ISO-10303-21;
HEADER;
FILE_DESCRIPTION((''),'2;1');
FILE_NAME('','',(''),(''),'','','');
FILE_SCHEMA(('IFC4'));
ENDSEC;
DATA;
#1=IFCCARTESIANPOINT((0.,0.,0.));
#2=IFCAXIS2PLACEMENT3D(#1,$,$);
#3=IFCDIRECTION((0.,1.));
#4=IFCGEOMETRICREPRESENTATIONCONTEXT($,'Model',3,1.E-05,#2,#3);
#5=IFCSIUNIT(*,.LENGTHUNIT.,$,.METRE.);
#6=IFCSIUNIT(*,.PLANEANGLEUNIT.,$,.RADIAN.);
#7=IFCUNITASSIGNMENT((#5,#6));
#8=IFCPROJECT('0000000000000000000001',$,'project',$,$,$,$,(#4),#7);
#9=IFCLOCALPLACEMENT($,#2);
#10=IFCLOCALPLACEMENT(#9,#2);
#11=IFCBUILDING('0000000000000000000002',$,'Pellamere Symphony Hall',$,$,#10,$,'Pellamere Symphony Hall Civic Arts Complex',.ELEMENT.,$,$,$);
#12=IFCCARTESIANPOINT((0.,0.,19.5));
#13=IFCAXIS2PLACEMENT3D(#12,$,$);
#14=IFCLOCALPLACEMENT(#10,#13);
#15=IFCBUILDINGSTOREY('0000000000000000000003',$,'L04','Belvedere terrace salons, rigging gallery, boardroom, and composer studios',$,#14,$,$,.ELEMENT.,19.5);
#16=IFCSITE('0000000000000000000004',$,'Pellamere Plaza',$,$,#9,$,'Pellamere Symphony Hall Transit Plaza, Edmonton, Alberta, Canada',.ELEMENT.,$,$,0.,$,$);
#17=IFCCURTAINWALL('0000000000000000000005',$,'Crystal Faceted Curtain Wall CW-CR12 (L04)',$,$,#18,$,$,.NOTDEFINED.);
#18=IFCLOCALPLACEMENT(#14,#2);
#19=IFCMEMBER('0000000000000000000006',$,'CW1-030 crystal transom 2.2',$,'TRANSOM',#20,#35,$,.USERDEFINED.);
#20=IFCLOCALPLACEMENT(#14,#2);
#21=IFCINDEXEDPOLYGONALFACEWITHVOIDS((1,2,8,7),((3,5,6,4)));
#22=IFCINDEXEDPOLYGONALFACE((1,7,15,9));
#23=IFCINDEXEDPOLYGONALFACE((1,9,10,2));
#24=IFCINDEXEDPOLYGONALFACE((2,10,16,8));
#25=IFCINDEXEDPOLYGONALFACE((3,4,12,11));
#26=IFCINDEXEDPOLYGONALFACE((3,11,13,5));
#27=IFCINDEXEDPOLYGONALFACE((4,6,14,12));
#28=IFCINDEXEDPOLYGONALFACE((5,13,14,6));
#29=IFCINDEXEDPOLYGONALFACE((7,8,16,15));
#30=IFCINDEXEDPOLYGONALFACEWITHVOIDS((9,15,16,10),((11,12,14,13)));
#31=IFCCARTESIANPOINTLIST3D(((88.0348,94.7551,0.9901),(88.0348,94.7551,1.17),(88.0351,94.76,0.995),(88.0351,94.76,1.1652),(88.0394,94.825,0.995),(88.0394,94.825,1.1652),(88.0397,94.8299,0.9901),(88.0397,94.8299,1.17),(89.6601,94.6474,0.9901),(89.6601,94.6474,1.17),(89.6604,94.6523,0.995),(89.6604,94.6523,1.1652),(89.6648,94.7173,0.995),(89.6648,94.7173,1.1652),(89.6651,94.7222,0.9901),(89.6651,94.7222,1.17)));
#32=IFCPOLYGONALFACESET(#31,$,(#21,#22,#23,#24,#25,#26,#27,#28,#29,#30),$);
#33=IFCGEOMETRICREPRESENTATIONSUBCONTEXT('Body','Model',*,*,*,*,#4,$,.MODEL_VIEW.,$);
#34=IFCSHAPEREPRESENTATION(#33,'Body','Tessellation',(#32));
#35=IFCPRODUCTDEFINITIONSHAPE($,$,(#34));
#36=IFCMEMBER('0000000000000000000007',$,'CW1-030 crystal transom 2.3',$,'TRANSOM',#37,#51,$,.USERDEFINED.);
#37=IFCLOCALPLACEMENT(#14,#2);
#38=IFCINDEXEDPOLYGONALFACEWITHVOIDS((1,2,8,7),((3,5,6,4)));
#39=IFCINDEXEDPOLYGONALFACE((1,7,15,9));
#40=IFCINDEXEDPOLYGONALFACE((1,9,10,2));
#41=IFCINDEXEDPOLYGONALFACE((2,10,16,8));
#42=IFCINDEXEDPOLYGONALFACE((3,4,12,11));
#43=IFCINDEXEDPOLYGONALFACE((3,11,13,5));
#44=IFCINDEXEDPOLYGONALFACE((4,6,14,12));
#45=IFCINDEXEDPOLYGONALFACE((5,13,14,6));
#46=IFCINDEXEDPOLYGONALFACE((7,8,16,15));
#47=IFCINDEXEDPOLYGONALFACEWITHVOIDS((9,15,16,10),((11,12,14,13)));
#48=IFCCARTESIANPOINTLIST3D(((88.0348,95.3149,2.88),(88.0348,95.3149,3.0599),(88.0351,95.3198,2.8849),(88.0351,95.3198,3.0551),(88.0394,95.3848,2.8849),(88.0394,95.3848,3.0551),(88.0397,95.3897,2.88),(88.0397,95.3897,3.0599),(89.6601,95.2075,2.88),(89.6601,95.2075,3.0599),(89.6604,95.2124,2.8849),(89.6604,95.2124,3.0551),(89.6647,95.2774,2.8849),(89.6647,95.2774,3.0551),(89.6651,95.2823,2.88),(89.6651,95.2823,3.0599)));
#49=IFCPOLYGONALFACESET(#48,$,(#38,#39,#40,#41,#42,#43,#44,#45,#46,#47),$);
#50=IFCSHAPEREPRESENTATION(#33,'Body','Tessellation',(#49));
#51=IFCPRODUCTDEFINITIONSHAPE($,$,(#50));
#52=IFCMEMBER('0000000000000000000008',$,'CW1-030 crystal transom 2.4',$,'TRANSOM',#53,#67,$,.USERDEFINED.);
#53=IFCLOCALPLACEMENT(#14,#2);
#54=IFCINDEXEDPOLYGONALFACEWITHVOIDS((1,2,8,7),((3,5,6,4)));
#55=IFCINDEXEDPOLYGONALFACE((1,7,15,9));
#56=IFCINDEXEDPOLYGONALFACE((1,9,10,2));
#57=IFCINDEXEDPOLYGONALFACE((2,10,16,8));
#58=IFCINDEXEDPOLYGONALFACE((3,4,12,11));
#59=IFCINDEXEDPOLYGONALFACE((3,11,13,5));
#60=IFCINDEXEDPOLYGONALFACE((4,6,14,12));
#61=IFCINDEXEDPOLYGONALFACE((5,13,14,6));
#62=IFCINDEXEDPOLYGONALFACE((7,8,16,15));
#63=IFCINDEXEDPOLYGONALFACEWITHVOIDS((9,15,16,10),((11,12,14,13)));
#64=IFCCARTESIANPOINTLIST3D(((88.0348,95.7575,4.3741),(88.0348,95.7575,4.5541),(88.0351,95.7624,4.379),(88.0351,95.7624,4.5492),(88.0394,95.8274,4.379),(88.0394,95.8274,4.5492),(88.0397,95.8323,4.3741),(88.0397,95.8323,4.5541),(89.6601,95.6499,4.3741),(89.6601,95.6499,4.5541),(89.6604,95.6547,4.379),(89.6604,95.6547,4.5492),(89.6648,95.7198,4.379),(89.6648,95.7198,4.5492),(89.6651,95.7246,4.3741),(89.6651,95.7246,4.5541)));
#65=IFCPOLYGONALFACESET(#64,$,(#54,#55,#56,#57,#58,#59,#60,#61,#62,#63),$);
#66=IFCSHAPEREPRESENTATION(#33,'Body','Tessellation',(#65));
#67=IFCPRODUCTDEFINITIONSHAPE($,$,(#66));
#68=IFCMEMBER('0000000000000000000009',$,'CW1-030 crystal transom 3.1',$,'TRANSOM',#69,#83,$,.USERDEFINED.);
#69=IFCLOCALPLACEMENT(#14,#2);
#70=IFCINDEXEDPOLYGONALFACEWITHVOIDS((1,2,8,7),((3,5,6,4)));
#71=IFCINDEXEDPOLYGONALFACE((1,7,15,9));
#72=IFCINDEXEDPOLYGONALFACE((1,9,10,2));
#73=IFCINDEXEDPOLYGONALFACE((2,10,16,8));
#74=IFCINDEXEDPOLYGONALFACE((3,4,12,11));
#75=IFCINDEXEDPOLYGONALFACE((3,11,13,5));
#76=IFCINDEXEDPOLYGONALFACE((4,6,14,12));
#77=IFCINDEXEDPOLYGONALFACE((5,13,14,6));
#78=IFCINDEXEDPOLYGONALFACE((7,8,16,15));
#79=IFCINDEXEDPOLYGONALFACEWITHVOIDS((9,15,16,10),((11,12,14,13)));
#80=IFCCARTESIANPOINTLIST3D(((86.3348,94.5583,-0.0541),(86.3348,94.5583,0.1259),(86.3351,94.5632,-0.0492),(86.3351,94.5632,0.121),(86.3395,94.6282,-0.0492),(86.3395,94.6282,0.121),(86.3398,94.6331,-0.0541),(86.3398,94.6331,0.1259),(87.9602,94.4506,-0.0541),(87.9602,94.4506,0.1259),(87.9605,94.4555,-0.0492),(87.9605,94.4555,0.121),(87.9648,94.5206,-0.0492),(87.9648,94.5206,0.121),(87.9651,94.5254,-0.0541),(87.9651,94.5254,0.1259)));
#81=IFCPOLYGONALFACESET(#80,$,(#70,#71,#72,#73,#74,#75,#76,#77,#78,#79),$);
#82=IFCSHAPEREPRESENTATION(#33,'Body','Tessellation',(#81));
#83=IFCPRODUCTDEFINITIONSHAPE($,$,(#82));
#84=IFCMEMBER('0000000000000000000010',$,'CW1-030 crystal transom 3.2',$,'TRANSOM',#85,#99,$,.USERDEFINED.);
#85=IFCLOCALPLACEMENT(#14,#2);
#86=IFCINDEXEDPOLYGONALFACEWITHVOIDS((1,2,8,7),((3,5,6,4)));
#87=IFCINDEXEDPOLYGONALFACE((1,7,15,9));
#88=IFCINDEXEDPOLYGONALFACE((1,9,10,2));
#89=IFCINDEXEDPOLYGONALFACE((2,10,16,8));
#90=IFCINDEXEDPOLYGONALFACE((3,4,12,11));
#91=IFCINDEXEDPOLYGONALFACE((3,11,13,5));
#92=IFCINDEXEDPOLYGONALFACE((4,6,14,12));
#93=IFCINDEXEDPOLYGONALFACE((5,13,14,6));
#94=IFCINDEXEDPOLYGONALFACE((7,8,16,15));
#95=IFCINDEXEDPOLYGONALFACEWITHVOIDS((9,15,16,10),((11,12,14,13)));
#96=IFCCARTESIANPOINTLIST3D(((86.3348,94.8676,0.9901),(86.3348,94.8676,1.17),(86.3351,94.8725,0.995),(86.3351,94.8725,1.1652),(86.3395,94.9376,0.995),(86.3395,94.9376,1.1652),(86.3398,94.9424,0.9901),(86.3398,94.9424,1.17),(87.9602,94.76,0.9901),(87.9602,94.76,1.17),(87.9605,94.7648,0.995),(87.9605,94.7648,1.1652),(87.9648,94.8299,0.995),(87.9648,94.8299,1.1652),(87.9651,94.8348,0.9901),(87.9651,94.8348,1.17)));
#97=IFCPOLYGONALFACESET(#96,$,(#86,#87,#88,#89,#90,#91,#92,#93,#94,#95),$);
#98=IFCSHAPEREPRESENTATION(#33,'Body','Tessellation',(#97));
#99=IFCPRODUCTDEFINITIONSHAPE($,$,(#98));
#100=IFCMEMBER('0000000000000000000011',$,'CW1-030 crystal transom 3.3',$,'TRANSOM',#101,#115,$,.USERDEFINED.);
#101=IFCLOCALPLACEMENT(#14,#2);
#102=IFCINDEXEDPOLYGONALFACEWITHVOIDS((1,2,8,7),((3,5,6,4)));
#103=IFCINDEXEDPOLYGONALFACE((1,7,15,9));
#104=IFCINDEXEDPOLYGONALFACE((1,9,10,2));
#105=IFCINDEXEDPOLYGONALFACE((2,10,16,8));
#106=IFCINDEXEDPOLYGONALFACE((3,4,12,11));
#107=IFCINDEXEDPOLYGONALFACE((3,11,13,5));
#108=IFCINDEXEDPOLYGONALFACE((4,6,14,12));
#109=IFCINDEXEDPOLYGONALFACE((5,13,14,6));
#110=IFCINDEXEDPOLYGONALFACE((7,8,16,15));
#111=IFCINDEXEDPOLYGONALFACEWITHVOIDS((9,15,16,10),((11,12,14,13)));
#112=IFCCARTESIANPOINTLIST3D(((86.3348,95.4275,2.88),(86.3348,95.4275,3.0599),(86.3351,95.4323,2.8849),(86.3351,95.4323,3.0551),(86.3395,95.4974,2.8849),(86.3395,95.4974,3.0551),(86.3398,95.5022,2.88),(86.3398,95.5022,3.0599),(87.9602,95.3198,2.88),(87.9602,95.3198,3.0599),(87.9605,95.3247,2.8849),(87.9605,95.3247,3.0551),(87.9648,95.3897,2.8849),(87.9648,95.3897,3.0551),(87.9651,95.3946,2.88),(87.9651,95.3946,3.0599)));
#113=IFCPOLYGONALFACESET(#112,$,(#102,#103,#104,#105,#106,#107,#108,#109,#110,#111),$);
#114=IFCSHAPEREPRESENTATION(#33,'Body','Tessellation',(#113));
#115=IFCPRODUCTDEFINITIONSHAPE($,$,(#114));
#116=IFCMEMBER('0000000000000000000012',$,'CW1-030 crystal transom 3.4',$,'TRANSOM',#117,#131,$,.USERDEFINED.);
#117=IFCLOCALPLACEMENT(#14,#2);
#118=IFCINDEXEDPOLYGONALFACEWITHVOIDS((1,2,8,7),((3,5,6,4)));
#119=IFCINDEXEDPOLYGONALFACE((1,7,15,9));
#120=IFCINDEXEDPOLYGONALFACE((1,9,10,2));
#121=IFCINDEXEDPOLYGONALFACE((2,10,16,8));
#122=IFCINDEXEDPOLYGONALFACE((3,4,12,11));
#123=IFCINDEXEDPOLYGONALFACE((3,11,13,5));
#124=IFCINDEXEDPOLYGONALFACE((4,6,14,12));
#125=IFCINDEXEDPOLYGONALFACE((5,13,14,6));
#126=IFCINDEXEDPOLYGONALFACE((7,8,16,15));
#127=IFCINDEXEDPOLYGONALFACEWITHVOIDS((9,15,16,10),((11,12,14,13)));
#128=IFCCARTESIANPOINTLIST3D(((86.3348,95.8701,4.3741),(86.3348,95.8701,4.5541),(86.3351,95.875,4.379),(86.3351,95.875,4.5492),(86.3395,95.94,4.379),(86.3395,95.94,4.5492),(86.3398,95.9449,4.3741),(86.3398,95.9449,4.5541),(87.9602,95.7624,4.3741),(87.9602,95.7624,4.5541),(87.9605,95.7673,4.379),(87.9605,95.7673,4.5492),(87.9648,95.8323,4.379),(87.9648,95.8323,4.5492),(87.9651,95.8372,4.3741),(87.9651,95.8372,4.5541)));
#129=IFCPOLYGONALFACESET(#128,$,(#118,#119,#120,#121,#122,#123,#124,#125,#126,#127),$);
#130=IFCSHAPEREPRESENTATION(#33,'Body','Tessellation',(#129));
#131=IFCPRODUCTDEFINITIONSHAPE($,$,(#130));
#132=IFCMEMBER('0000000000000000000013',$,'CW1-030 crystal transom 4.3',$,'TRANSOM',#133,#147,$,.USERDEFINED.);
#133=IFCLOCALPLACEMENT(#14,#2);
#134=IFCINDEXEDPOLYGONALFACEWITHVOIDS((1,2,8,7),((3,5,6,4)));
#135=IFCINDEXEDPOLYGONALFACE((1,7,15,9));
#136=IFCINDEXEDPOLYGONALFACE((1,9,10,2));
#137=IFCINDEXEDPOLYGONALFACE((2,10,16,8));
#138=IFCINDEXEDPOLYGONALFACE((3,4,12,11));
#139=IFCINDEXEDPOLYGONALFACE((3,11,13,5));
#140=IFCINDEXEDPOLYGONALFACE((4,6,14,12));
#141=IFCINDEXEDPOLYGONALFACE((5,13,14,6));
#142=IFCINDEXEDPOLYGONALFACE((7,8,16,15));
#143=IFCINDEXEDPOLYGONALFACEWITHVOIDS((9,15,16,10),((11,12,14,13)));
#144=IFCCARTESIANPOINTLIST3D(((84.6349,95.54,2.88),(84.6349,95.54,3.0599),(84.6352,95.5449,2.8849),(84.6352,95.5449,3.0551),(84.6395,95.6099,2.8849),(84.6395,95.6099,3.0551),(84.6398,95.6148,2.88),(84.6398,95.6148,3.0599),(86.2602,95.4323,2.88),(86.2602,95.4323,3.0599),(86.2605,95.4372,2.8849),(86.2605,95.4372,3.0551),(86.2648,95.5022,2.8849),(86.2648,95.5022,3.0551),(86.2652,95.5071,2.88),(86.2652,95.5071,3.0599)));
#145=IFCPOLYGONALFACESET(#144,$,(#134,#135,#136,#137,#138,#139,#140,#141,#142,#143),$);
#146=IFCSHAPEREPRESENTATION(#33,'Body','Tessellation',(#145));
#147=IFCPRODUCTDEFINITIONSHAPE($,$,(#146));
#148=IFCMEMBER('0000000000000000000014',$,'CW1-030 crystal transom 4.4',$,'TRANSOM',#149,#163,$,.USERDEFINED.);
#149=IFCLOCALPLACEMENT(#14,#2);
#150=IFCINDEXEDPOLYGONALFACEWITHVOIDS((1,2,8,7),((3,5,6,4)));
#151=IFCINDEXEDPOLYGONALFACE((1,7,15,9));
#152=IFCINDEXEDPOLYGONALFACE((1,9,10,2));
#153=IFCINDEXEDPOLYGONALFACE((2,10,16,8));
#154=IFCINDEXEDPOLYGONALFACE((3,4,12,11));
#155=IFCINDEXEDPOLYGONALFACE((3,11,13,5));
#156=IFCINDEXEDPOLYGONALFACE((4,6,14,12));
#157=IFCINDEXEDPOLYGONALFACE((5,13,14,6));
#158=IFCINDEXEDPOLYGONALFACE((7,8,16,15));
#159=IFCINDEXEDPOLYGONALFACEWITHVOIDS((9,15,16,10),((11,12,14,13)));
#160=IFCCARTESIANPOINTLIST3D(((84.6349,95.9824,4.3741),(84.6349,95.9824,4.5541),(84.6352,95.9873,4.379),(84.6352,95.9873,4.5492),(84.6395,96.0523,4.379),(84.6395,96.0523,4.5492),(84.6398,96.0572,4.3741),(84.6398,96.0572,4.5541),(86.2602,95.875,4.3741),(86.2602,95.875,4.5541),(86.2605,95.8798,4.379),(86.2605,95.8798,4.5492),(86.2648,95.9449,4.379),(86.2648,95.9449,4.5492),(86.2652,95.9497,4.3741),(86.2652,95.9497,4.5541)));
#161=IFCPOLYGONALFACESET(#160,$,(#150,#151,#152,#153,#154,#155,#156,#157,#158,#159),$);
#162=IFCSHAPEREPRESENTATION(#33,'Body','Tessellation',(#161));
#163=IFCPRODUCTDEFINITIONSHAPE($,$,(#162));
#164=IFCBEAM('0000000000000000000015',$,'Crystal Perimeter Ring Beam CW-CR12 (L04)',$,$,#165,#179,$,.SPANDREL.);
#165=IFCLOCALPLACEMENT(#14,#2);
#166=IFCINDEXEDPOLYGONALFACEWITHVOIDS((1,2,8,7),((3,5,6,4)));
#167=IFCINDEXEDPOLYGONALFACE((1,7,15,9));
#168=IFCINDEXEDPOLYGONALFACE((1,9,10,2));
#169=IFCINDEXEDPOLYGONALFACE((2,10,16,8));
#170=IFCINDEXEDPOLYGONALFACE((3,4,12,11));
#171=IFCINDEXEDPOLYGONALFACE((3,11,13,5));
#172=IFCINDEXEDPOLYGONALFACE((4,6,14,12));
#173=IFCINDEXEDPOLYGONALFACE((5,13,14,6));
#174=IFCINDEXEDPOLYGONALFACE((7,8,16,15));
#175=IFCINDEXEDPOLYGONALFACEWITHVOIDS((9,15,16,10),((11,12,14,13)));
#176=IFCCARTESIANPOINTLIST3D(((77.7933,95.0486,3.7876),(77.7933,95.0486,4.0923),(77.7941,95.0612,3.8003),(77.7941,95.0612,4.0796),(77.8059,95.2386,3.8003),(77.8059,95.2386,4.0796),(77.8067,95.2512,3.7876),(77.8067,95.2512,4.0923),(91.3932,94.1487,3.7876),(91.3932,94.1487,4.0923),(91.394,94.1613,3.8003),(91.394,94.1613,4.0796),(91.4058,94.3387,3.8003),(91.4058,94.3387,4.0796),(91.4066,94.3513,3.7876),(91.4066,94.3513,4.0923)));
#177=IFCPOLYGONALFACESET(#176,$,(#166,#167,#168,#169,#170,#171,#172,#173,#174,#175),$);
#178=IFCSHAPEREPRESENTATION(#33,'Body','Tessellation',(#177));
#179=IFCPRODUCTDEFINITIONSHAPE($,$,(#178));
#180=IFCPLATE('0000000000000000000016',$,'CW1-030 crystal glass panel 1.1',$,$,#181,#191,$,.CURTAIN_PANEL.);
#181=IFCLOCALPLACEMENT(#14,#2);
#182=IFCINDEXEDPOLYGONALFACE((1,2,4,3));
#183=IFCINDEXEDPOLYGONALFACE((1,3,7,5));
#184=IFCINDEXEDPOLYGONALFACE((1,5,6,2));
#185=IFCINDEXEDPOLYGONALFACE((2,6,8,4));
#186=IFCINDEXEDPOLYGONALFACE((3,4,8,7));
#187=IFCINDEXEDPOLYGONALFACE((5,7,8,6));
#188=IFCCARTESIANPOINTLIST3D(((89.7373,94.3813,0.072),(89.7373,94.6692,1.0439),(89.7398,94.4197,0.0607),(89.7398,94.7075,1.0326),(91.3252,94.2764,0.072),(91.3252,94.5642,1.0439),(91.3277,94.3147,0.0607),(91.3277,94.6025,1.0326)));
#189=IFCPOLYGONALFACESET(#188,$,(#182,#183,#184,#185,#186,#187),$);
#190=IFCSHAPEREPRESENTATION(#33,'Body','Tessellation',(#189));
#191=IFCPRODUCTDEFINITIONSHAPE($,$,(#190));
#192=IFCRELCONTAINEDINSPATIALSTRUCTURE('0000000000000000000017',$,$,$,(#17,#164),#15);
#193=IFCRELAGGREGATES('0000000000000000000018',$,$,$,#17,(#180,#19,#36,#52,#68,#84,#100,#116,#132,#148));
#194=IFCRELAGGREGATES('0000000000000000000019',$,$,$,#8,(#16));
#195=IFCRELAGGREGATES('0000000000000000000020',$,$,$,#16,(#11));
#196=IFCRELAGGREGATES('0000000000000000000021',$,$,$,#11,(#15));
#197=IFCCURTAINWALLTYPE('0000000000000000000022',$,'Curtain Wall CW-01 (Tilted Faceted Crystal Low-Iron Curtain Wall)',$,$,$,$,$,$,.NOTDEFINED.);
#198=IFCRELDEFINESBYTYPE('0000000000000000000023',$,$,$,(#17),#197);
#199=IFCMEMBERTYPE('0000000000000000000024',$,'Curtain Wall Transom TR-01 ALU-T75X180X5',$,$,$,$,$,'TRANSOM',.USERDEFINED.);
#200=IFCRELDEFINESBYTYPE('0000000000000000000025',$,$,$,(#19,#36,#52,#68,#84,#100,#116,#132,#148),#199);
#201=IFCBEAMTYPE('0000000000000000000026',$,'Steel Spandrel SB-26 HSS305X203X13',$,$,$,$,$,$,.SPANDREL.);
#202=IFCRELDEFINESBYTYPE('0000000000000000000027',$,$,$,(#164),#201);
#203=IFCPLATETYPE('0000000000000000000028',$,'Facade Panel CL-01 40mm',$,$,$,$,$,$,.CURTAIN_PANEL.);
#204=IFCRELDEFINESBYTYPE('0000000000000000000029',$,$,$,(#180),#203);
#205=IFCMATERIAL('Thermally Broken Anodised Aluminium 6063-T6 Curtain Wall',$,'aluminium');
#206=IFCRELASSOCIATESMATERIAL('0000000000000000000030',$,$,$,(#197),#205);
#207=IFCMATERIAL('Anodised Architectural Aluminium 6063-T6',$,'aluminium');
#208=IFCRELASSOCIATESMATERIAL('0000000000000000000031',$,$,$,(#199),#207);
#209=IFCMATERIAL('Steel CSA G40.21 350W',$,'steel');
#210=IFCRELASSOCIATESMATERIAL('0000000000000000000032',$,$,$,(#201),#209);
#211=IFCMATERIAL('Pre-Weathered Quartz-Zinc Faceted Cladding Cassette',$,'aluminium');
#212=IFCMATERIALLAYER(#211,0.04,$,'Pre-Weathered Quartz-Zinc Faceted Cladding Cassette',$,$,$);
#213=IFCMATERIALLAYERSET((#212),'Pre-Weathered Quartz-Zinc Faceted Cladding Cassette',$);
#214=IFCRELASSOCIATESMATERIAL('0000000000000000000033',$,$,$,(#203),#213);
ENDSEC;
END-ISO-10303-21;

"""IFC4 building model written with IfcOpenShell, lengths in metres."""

from ifc_helpers import new_model, si_unit, direction, frame, origin, origin_2d, place, context, subcontext, project, spatial, polyline, hollow_rectangle, outline, extrude, material, layer, layer_set, material_profile, profile_set, type_object, element, aggregate, save


model = new_model("IFC4")

# Units and contexts
model_context = context("Model", 3, precision=1e-05, world=origin(), true_north=direction((0.0, 1.0)))
body_context = subcontext(model_context, "Body", "Model", "MODEL_VIEW")
ifc_project = project(units=[si_unit("LENGTHUNIT", "METRE"), si_unit("PLANEANGLEUNIT", "RADIAN")], contexts=[model_context])

# Site, building, storey
site_placement = place(None, origin())
site = spatial("IfcSite", under=ifc_project, at=site_placement, Name="Pellamere Plaza", LongName="Pellamere Symphony Hall Transit Plaza, Edmonton, Alberta, Canada", CompositionType="ELEMENT", RefElevation=0.0)
building_placement = place(site_placement, origin())
building = spatial("IfcBuilding", under=site, at=building_placement, Name="Pellamere Symphony Hall", LongName="Pellamere Symphony Hall Civic Arts Complex", CompositionType="ELEMENT")
storey_placement = place(building_placement, frame((0.0, 0.0, 19.5)))
storey = spatial("IfcBuildingStorey", under=building, at=storey_placement, Name="L04", Description="Belvedere terrace salons, rigging gallery, boardroom, and composer studios", CompositionType="ELEMENT", Elevation=19.5)

# Shared definitions
ifc_material_1 = material(Name="Thermally Broken Anodised Aluminium 6063-T6 Curtain Wall", Category="aluminium")
curtain_wall_type = type_object("IfcCurtainWallType", Name="Curtain Wall CW-01 (Tilted Faceted Crystal Low-Iron Curtain Wall)", PredefinedType="NOTDEFINED", material=ifc_material_1)
ifc_material_2 = material(Name="Anodised Architectural Aluminium 6063-T6", Category="aluminium")

# Curtain wall, members
curtain_wall_1_placement = place(storey_placement, origin())
curtain_wall_1 = element("IfcCurtainWall", 1, at=curtain_wall_1_placement, inside=storey, type_object=curtain_wall_type, Name="Crystal Faceted Curtain Wall CW-CR12 (L04)", PredefinedType="NOTDEFINED")
ifc_material_profile_1 = material_profile(ifc_material_2, hollow_rectangle(XDim=0.075, YDim=0.1799, WallThickness=0.0049, at=origin_2d()), Name="ALU-T75X180X5")
ifc_profile_set_1 = profile_set([ifc_material_profile_1], Name="Anodised Architectural Aluminium 6063-T6")
member_type_1 = type_object("IfcMemberType", Name="Curtain Wall Transom TR-01 ALU-T75X180X5", ElementType="TRANSOM", PredefinedType="USERDEFINED", material=ifc_profile_set_1)
member_1_placement = place(storey_placement, frame((89.6626, 94.6848, 1.0801), z_axis=(-0.997813, 0.066101, 0.0), x_axis=(-0.066101, -0.997813, 0.0)))
member_1 = element("IfcMember", 2, at=member_1_placement, type_object=member_type_1, Name="CW1-030 crystal transom 2.2", ObjectType="TRANSOM", PredefinedType="USERDEFINED", context=body_context, shape_type="SweptSolid", body=[
    extrude(hollow_rectangle(XDim=0.075, YDim=0.1799, WallThickness=0.0049, at=origin_2d()), origin(), (0.0, 0.0, 1.0), 1.6289),
])
member_2_placement = place(storey_placement, frame((89.6626, 95.2449, 2.97), z_axis=(-0.997823, 0.065952, 0.0), x_axis=(-0.065952, -0.997823, 0.0)))
member_2 = element("IfcMember", 3, at=member_2_placement, type_object=member_type_1, Name="CW1-030 crystal transom 2.3", ObjectType="TRANSOM", PredefinedType="USERDEFINED", context=body_context, shape_type="SweptSolid", body=[
    extrude(hollow_rectangle(XDim=0.075, YDim=0.1799, WallThickness=0.0049, at=origin_2d()), origin(), (0.0, 0.0, 1.0), 1.6289),
])
member_3_placement = place(storey_placement, frame((89.6626, 95.6873, 4.4641), z_axis=(-0.997813, 0.066101, 0.0), x_axis=(-0.066101, -0.997813, 0.0)))
member_3 = element("IfcMember", 4, at=member_3_placement, type_object=member_type_1, Name="CW1-030 crystal transom 2.4", ObjectType="TRANSOM", PredefinedType="USERDEFINED", context=body_context, shape_type="SweptSolid", body=[
    extrude(hollow_rectangle(XDim=0.075, YDim=0.1799, WallThickness=0.0049, at=origin_2d()), origin(), (0.0, 0.0, 1.0), 1.6289),
])
member_4_placement = place(storey_placement, frame((87.9626, 94.488, 0.0359), z_axis=(-0.997813, 0.066101, 0.0), x_axis=(-0.066101, -0.997813, 0.0)))
member_4 = element("IfcMember", 5, at=member_4_placement, type_object=member_type_1, Name="CW1-030 crystal transom 3.1", ObjectType="TRANSOM", PredefinedType="USERDEFINED", context=body_context, shape_type="SweptSolid", body=[
    extrude(hollow_rectangle(XDim=0.075, YDim=0.1799, WallThickness=0.0049, at=origin_2d()), origin(), (0.0, 0.0, 1.0), 1.6289),
])
member_5_placement = place(storey_placement, frame((87.9626, 94.7974, 1.0801), z_axis=(-0.997813, 0.066101, 0.0), x_axis=(-0.066101, -0.997813, 0.0)))
member_5 = element("IfcMember", 6, at=member_5_placement, type_object=member_type_1, Name="CW1-030 crystal transom 3.2", ObjectType="TRANSOM", PredefinedType="USERDEFINED", context=body_context, shape_type="SweptSolid", body=[
    extrude(hollow_rectangle(XDim=0.075, YDim=0.1799, WallThickness=0.0049, at=origin_2d()), origin(), (0.0, 0.0, 1.0), 1.6289),
])
member_6_placement = place(storey_placement, frame((87.9626, 95.3572, 2.97), z_axis=(-0.997813, 0.066101, 0.0), x_axis=(-0.066101, -0.997813, 0.0)))
member_6 = element("IfcMember", 7, at=member_6_placement, type_object=member_type_1, Name="CW1-030 crystal transom 3.3", ObjectType="TRANSOM", PredefinedType="USERDEFINED", context=body_context, shape_type="SweptSolid", body=[
    extrude(hollow_rectangle(XDim=0.075, YDim=0.1799, WallThickness=0.0049, at=origin_2d()), origin(), (0.0, 0.0, 1.0), 1.6289),
])
member_7_placement = place(storey_placement, frame((87.9626, 95.7998, 4.4641), z_axis=(-0.997813, 0.066101, 0.0), x_axis=(-0.066101, -0.997813, 0.0)))
member_7 = element("IfcMember", 8, at=member_7_placement, type_object=member_type_1, Name="CW1-030 crystal transom 3.4", ObjectType="TRANSOM", PredefinedType="USERDEFINED", context=body_context, shape_type="SweptSolid", body=[
    extrude(hollow_rectangle(XDim=0.075, YDim=0.1799, WallThickness=0.0049, at=origin_2d()), origin(), (0.0, 0.0, 1.0), 1.6289),
])
member_8_placement = place(storey_placement, frame((86.2627, 95.4697, 2.97), z_axis=(-0.997813, 0.066101, 0.0), x_axis=(-0.066101, -0.997813, 0.0)))
member_8 = element("IfcMember", 9, at=member_8_placement, type_object=member_type_1, Name="CW1-030 crystal transom 4.3", ObjectType="TRANSOM", PredefinedType="USERDEFINED", context=body_context, shape_type="SweptSolid", body=[
    extrude(hollow_rectangle(XDim=0.075, YDim=0.1799, WallThickness=0.0049, at=origin_2d()), origin(), (0.0, 0.0, 1.0), 1.6289),
])
member_9_placement = place(storey_placement, frame((86.2627, 95.9124, 4.4641), z_axis=(-0.997823, 0.065952, 0.0), x_axis=(-0.065952, -0.997823, 0.0)))
member_9 = element("IfcMember", 10, at=member_9_placement, type_object=member_type_1, Name="CW1-030 crystal transom 4.4", ObjectType="TRANSOM", PredefinedType="USERDEFINED", context=body_context, shape_type="SweptSolid", body=[
    extrude(hollow_rectangle(XDim=0.075, YDim=0.1799, WallThickness=0.0049, at=origin_2d()), origin(), (0.0, 0.0, 1.0), 1.6289),
])

# Beam
ifc_material_3 = material(Name="Steel CSA G40.21 350W", Category="steel")
ifc_material_profile_2 = material_profile(ifc_material_3, hollow_rectangle(XDim=0.2031, YDim=0.3047, WallThickness=0.0127, at=origin_2d()), Name="HSS305X203X13")
ifc_profile_set_2 = profile_set([ifc_material_profile_2], Name="Steel CSA G40.21 350W")
beam_type = type_object("IfcBeamType", Name="Steel Spandrel SB-26 HSS305X203X13", PredefinedType="SPANDREL", material=ifc_profile_set_2)
beam_placement = place(storey_placement, frame((91.3999, 94.25, 3.9399), z_axis=(-0.997818, 0.066026, 0.0), x_axis=(-0.066026, -0.997818, 0.0)))
element("IfcBeam", 11, at=beam_placement, inside=storey, type_object=beam_type, Name="Crystal Perimeter Ring Beam CW-CR12 (L04)", PredefinedType="SPANDREL", context=body_context, shape_type="SweptSolid", body=[
    extrude(hollow_rectangle(XDim=0.2031, YDim=0.3047, WallThickness=0.0127, at=origin_2d()), origin(), (0.0, 0.0, 1.0), 13.6296),
])

# Plate
ifc_material_4 = material(Name="Pre-Weathered Quartz-Zinc Faceted Cladding Cassette", Category="aluminium")
ifc_layer_1 = layer(ifc_material_4, 0.04, Name="Pre-Weathered Quartz-Zinc Faceted Cladding Cassette")
ifc_layer_set_1 = layer_set([ifc_layer_1], Name="Pre-Weathered Quartz-Zinc Faceted Cladding Cassette")
plate_type_1 = type_object("IfcPlateType", Name="Facade Panel CL-01 40mm", PredefinedType="CURTAIN_PANEL", material=ifc_layer_set_1)
plate_1_placement = place(storey_placement, frame((91.3252, 94.2764, 0.072), z_axis=(-0.063265, -0.956914, 0.283396), x_axis=(-0.997822, 0.065969, 0.0)))
plate_1 = element("IfcPlate", 12, at=plate_1_placement, type_object=plate_type_1, Name="CW1-030 crystal glass panel 1.1", PredefinedType="CURTAIN_PANEL", context=body_context, shape_type="SweptSolid", body=[
    extrude(outline(polyline([(0.0, 0.0), (1.5914, 0.0), (1.6103, -1.0135), (0.019, -1.0135), (0.0, 0.0)])), origin(), (0.0, 0.0, -1.0), 0.04),
])
aggregate(curtain_wall_1, [plate_1, member_1, member_2, member_3, member_4, member_5, member_6, member_7, member_8, member_9])

save(model, "model.ifc")
